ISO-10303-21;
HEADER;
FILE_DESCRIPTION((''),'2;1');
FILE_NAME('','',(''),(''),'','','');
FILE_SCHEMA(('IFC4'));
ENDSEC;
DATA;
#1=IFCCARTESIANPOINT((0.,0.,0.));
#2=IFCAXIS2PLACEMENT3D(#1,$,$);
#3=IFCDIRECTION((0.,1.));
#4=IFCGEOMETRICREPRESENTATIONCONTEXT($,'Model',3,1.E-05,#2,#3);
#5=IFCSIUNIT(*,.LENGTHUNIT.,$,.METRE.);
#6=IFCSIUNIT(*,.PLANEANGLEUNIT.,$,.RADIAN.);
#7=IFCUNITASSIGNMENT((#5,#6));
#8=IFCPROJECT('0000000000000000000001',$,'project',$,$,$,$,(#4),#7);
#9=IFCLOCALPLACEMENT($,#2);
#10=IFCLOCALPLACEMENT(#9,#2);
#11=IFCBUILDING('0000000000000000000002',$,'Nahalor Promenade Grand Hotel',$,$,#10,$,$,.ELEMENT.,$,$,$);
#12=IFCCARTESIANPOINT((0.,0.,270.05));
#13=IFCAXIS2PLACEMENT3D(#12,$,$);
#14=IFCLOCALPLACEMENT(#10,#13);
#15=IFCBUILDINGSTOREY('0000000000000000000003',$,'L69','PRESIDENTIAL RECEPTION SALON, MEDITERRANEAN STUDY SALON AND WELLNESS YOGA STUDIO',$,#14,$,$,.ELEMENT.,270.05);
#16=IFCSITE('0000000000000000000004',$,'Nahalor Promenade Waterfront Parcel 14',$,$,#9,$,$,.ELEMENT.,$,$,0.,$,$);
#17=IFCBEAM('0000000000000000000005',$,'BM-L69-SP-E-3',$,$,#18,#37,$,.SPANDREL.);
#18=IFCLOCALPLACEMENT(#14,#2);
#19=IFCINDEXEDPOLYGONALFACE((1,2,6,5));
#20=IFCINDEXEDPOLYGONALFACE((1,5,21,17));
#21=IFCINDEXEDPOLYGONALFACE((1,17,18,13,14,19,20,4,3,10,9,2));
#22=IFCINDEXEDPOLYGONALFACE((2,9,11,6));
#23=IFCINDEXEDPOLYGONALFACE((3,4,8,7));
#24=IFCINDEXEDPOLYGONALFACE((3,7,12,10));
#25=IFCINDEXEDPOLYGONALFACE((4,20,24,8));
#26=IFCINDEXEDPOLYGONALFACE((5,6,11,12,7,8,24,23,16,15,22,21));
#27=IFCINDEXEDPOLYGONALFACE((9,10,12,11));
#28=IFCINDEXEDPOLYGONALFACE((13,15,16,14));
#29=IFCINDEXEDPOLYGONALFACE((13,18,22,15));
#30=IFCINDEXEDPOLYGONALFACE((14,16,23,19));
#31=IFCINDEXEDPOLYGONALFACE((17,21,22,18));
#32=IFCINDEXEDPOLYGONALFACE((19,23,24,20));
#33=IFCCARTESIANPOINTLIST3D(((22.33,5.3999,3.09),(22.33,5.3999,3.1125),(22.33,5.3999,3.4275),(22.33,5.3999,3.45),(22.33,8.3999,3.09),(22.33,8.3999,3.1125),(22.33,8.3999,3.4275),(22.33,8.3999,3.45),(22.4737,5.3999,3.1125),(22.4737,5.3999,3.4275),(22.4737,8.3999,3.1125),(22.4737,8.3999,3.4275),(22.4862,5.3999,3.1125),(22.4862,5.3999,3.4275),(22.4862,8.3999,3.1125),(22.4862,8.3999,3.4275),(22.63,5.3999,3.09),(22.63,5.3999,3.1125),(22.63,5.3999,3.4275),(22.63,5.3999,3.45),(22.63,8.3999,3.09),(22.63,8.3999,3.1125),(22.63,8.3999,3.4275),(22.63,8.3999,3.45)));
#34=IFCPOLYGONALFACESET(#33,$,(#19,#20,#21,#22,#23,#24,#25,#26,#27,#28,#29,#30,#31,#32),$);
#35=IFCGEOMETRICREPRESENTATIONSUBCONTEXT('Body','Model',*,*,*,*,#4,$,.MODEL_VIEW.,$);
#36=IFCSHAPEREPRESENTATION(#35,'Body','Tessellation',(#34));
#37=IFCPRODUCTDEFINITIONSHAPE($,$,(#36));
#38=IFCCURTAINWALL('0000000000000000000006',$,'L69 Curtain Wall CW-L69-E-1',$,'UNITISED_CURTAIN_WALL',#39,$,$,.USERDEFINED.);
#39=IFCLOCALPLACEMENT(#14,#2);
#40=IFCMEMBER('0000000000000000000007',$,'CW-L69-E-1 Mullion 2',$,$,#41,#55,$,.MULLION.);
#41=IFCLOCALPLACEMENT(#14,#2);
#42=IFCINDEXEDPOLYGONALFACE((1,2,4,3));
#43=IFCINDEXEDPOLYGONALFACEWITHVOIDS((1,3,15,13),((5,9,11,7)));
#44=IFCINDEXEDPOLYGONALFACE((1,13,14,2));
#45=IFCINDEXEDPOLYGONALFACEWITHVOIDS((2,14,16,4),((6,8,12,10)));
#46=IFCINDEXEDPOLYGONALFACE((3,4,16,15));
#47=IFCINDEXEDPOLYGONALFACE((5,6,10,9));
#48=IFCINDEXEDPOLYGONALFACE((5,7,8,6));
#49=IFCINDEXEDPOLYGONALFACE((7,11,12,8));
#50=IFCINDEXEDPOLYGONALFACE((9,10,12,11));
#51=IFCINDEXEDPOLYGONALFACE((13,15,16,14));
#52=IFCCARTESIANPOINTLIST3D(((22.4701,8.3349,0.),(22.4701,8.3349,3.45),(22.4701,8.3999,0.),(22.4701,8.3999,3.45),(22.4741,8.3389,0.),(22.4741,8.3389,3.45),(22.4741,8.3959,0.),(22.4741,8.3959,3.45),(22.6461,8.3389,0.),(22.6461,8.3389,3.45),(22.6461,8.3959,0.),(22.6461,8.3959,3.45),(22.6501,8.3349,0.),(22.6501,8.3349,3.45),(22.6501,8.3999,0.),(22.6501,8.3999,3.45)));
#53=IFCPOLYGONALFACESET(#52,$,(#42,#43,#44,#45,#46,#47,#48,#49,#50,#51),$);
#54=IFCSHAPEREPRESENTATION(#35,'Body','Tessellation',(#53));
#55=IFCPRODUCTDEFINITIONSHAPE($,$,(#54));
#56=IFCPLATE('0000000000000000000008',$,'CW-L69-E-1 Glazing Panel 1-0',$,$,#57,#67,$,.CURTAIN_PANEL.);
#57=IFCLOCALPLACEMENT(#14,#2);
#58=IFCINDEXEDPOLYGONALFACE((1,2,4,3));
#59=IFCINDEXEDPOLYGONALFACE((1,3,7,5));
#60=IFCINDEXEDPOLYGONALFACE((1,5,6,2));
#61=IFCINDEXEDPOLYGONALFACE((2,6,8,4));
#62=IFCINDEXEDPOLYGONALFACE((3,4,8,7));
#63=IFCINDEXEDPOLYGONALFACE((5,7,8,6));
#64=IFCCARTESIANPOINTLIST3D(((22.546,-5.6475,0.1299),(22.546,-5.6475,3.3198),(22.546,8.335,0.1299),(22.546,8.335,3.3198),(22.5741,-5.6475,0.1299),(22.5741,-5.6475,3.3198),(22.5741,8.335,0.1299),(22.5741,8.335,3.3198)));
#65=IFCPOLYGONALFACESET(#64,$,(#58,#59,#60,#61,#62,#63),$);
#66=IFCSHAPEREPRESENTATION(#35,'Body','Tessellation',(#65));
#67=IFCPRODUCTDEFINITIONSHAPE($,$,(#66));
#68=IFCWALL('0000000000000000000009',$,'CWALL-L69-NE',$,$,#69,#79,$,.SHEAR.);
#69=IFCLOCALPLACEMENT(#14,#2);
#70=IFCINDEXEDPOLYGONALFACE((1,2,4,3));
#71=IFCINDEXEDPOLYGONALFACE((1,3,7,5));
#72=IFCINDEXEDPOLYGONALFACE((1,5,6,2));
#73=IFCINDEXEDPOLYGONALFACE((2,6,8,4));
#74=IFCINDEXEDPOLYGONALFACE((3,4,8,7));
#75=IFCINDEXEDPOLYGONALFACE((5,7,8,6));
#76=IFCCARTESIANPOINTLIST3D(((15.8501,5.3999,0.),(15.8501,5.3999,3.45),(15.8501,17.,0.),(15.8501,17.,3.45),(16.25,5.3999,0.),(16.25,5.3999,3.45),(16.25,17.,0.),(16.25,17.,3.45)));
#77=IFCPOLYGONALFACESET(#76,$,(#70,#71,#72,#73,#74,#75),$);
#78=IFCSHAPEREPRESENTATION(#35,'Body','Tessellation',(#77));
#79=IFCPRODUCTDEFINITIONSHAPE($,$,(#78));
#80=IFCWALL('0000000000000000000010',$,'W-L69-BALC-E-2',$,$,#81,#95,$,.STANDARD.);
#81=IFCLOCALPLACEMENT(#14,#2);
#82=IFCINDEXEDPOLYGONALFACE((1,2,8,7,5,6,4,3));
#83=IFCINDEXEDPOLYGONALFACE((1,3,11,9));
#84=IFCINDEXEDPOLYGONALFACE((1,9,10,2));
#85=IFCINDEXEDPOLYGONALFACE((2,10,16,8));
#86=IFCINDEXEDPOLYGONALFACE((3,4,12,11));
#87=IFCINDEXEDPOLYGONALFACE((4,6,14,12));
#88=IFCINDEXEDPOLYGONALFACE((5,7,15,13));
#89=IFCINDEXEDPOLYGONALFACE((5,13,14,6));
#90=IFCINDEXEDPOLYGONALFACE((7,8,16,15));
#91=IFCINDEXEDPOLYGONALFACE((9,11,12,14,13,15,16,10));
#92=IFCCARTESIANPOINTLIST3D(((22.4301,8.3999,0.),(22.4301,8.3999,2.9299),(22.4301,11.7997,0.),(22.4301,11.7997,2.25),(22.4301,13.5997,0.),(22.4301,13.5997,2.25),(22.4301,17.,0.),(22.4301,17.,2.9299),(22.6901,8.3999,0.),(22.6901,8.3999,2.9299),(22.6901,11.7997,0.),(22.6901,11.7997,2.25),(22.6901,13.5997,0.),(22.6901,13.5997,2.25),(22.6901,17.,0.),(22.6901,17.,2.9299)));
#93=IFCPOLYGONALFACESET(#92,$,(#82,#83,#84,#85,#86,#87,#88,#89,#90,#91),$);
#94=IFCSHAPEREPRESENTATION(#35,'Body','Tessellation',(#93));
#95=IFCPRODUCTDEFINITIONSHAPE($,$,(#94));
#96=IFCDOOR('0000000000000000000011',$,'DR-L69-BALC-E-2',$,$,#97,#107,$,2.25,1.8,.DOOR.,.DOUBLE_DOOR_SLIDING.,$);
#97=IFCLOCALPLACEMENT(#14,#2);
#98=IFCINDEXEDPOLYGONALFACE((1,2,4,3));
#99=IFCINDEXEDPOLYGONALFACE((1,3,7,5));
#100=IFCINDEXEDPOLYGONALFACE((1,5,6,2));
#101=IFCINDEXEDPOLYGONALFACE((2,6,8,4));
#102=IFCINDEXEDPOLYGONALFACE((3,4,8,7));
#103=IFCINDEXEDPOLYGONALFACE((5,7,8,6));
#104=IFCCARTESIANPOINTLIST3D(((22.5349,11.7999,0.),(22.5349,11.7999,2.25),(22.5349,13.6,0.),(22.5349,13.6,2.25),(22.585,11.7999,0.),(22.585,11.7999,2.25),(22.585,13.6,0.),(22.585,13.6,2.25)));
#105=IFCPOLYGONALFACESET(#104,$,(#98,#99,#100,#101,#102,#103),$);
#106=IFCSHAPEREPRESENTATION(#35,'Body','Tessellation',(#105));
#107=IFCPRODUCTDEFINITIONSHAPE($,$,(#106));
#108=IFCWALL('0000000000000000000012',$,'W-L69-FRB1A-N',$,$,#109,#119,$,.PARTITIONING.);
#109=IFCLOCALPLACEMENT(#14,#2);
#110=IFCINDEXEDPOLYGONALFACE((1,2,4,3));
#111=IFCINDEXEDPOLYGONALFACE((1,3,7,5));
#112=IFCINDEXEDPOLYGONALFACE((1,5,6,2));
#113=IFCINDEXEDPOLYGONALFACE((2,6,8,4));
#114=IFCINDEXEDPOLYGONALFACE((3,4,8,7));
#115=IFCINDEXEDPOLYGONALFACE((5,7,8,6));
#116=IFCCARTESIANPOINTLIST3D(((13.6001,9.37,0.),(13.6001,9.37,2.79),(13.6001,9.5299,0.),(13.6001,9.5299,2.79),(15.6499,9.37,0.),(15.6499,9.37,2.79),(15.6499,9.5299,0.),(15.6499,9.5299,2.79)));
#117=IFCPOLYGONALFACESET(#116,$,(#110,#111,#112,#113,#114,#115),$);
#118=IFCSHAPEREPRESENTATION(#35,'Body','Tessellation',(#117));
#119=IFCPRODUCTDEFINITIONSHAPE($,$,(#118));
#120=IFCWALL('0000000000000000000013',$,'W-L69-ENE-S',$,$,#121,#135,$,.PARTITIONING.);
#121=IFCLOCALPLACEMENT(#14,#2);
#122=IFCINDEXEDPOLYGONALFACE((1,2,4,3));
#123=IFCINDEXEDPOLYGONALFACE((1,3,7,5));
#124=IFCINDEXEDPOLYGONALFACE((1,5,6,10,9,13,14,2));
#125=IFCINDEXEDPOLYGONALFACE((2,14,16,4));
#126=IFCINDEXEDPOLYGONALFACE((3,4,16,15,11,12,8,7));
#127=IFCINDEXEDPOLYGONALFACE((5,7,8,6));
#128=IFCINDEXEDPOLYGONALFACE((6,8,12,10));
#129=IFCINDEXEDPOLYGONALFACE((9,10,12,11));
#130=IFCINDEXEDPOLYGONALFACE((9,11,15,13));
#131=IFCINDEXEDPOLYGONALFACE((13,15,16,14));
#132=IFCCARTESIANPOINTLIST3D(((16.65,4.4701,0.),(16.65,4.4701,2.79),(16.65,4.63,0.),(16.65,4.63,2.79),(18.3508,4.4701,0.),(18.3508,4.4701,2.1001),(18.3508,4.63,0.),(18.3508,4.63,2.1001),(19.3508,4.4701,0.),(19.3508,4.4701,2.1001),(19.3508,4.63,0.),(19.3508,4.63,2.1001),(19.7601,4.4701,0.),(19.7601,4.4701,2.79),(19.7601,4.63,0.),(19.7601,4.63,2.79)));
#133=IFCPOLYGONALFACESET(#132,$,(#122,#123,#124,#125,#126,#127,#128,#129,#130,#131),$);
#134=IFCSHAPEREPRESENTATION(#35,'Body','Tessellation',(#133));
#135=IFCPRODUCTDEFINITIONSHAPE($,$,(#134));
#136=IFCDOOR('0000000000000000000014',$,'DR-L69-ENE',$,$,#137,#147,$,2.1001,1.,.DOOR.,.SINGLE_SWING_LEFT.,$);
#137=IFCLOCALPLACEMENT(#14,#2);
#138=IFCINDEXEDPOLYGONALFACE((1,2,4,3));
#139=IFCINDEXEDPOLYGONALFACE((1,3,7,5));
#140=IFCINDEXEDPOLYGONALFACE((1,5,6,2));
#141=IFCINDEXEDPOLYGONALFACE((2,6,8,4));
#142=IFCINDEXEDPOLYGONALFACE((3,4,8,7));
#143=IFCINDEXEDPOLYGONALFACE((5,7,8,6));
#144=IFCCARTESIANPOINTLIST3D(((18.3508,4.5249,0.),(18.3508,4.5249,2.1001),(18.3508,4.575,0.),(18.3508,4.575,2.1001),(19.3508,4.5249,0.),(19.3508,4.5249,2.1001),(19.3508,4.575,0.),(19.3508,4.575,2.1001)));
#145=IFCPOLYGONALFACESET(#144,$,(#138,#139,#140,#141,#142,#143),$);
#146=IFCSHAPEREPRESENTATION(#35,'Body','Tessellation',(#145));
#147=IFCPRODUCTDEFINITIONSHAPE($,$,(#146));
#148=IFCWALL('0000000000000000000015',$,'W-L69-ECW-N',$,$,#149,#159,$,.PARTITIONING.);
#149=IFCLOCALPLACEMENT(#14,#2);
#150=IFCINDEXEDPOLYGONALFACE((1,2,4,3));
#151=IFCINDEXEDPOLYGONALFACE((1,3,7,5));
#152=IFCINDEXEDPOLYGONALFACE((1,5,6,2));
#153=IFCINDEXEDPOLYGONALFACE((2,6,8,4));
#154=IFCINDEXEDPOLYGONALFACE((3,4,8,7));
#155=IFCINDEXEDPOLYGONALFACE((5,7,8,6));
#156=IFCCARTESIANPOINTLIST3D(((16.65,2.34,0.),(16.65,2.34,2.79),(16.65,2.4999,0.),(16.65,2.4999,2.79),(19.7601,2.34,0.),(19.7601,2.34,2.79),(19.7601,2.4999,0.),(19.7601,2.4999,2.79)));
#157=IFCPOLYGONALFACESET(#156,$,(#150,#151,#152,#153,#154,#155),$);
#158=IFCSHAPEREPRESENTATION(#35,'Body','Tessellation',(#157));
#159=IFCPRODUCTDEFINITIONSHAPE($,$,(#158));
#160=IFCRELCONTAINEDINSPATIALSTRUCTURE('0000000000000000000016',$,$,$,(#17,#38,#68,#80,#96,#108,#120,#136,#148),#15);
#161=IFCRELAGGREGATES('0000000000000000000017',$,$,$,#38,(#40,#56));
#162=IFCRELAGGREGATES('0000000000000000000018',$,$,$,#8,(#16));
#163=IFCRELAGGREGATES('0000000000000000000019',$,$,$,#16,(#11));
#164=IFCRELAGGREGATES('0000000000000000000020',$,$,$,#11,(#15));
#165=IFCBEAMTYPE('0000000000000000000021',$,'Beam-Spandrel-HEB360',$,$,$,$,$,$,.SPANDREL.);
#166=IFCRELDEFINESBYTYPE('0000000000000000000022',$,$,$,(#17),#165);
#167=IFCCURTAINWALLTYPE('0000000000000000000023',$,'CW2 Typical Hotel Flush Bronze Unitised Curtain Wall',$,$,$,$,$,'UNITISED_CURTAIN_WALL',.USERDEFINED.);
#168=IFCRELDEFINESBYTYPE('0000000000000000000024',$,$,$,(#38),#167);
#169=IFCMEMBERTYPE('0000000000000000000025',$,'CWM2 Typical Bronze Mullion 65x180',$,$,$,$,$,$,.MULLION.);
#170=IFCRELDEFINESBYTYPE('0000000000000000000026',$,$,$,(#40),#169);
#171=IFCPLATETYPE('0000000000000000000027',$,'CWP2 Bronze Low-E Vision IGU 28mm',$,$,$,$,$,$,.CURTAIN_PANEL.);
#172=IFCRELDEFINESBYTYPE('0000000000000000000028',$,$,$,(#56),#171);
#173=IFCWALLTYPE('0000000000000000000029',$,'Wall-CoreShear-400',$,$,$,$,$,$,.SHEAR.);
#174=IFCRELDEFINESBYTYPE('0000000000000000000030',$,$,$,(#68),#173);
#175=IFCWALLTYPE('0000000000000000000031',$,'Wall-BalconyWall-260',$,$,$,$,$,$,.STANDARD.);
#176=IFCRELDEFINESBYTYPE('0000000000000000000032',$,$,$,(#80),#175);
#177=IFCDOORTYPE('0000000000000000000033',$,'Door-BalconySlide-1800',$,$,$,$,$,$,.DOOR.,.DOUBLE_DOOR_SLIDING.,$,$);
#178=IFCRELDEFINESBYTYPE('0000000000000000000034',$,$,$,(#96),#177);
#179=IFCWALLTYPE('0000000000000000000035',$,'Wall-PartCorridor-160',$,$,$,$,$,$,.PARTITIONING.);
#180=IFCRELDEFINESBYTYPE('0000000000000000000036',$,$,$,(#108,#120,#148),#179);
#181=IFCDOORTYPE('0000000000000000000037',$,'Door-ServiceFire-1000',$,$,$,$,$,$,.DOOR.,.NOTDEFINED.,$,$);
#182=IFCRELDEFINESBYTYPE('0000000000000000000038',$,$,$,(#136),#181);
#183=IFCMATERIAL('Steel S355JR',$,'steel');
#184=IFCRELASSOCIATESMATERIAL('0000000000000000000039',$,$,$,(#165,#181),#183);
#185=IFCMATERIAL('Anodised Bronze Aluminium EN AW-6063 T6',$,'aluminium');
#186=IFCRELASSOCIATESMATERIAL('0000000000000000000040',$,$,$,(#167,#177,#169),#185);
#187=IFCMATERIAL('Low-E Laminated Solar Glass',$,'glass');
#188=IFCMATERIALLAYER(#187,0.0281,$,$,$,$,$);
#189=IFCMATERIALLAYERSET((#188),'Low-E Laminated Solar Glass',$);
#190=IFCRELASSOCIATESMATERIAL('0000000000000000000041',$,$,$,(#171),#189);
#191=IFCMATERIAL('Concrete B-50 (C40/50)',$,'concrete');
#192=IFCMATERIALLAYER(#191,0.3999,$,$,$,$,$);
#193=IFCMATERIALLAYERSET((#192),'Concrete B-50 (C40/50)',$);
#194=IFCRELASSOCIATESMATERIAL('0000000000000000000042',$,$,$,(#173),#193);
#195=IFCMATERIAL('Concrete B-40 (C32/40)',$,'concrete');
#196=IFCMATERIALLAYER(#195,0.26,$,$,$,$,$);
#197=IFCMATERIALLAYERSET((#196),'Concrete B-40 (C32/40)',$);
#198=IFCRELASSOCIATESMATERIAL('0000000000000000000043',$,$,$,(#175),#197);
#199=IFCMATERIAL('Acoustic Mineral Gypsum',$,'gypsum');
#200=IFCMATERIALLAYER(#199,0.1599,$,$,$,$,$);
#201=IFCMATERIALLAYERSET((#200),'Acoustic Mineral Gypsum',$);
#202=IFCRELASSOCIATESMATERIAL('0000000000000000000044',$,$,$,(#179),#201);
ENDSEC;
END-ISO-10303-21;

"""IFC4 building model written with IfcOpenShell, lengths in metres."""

from ifc_helpers import new_model, si_unit, direction, frame, frame_2d, origin, origin_2d, place, context, subcontext, project, spatial, rectangle, hollow_rectangle, i_section, extrude, source, transform, mapped, material, layer, layer_set, material_profile, profile_set, type_object, element, fill, aggregate, save


model = new_model("IFC4")

# Units and contexts
model_context = context("Model", 3, precision=1e-05, world=origin(), true_north=direction((0.0, 1.0)))
body_context = subcontext(model_context, "Body", "Model", "MODEL_VIEW")
ifc_project = project(units=[si_unit("LENGTHUNIT", "METRE"), si_unit("PLANEANGLEUNIT", "RADIAN")], contexts=[model_context])

# Site, building, storey
site_placement = place(None, origin())
site = spatial("IfcSite", under=ifc_project, at=site_placement, Name="Nahalor Promenade Waterfront Parcel 14", CompositionType="ELEMENT", RefElevation=0.0)
building_placement = place(site_placement, origin())
building = spatial("IfcBuilding", under=site, at=building_placement, Name="Nahalor Promenade Grand Hotel", CompositionType="ELEMENT")
storey_placement = place(building_placement, frame((0.0, 0.0, 270.05)))
storey = spatial("IfcBuildingStorey", under=building, at=storey_placement, Name="L69", Description="PRESIDENTIAL RECEPTION SALON, MEDITERRANEAN STUDY SALON AND WELLNESS YOGA STUDIO", CompositionType="ELEMENT", Elevation=270.05)

# Shared definitions
ifc_material_1 = material(Name="Steel S355JR", Category="steel")

# Beam
ifc_material_profile_1 = material_profile(ifc_material_1, i_section(OverallWidth=0.3, OverallDepth=0.36, WebThickness=0.0125, FlangeThickness=0.0225, at=origin_2d()), Name="HEB 360")
ifc_profile_set_1 = profile_set([ifc_material_profile_1], Name="Steel S355JR")
beam_type_1 = type_object("IfcBeamType", Name="Beam-Spandrel-HEB360", PredefinedType="SPANDREL", material=ifc_profile_set_1)
shared_shape_1 = source(origin(), body_context, "Body", "SweptSolid", [
    extrude(i_section(OverallWidth=0.3, OverallDepth=0.36, WebThickness=0.0125, FlangeThickness=0.0225, at=origin_2d()), origin(), (0.0, 0.0, 1.0), 3.0),
])
beam_1_placement = place(storey_placement, frame((22.48, 5.3999, 3.27), z_axis=(0.0, 1.0, 0.0), x_axis=(-1.0, 0.0, 0.0)))
element("IfcBeam", 1, at=beam_1_placement, inside=storey, type_object=beam_type_1, Name="BM-L69-SP-E-3", PredefinedType="SPANDREL", context=body_context, shape_type="MappedRepresentation", body=[
    mapped(shared_shape_1, transform((0.0, 0.0, 0.0), scale=1.0)),
])

# Curtain wall, member, plate
ifc_material_2 = material(Name="Anodised Bronze Aluminium EN AW-6063 T6", Category="aluminium")
curtain_wall_type = type_object("IfcCurtainWallType", Name="CW2 Typical Hotel Flush Bronze Unitised Curtain Wall", ElementType="UNITISED_CURTAIN_WALL", PredefinedType="USERDEFINED", material=ifc_material_2)
curtain_wall_placement = place(storey_placement, origin())
curtain_wall = element("IfcCurtainWall", 2, at=curtain_wall_placement, inside=storey, type_object=curtain_wall_type, Name="L69 Curtain Wall CW-L69-E-1", ObjectType="UNITISED_CURTAIN_WALL", PredefinedType="USERDEFINED")
ifc_material_profile_2 = material_profile(ifc_material_2, hollow_rectangle(XDim=0.065, YDim=0.18, WallThickness=0.004, at=origin_2d()), Name="CWM 65x180x4")
ifc_profile_set_2 = profile_set([ifc_material_profile_2], Name="Anodised Bronze Aluminium EN AW-6063 T6")
member_type = type_object("IfcMemberType", Name="CWM2 Typical Bronze Mullion 65x180", PredefinedType="MULLION", material=ifc_profile_set_2)
shared_shape_2 = source(origin(), body_context, "Body", "SweptSolid", [
    extrude(hollow_rectangle(XDim=0.065, YDim=0.18, WallThickness=0.004, at=origin_2d()), origin(), (0.0, 0.0, 1.0), 3.45),
])
member_placement = place(storey_placement, frame((22.5601, 8.3674, 0.0), z_axis=(0.0, 0.0, 1.0), x_axis=(0.0, 1.0, 0.0)))
member = element("IfcMember", 3, at=member_placement, type_object=member_type, Name="CW-L69-E-1 Mullion 2", PredefinedType="MULLION", context=body_context, shape_type="MappedRepresentation", body=[
    mapped(shared_shape_2, transform((0.0, 0.0, 0.0), scale=1.0)),
])
ifc_material_3 = material(Name="Low-E Laminated Solar Glass", Category="glass")
ifc_layer_1 = layer(ifc_material_3, 0.0281)
ifc_layer_set_1 = layer_set([ifc_layer_1], Name="Low-E Laminated Solar Glass")
plate_type = type_object("IfcPlateType", Name="CWP2 Bronze Low-E Vision IGU 28mm", PredefinedType="CURTAIN_PANEL", material=ifc_layer_set_1)
shared_shape_3 = source(origin(), body_context, "Body", "SweptSolid", [
    extrude(rectangle(XDim=13.9824, YDim=0.0281, at=origin_2d()), origin(), (0.0, 0.0, 1.0), 3.1899),
])
plate_placement = place(storey_placement, frame((22.5601, 1.3438, 0.1299), z_axis=(0.0, 0.0, 1.0), x_axis=(0.0, 1.0, 0.0)))
plate = element("IfcPlate", 4, at=plate_placement, type_object=plate_type, Name="CW-L69-E-1 Glazing Panel 1-0", PredefinedType="CURTAIN_PANEL", context=body_context, shape_type="MappedRepresentation", body=[
    mapped(shared_shape_3, transform((0.0, 0.0, 0.0), scale=1.0)),
])
aggregate(curtain_wall, [member, plate])

# Wall
ifc_material_4 = material(Name="Concrete B-50 (C40/50)", Category="concrete")
ifc_layer_2 = layer(ifc_material_4, 0.3999)
ifc_layer_set_2 = layer_set([ifc_layer_2], Name="Concrete B-50 (C40/50)")
wall_type_1 = type_object("IfcWallType", Name="Wall-CoreShear-400", PredefinedType="SHEAR", material=ifc_layer_set_2)
shared_shape_4 = source(origin(), body_context, "Body", "SweptSolid", [
    extrude(rectangle(XDim=11.6001, YDim=0.3999, at=frame_2d((5.8, 0.0))), origin(), (0.0, 0.0, 1.0), 3.45),
])
wall_1_placement = place(storey_placement, frame((16.05, 5.3999, 0.0), z_axis=(0.0, 0.0, 1.0), x_axis=(0.0, 1.0, 0.0)))
element("IfcWall", 5, at=wall_1_placement, inside=storey, type_object=wall_type_1, Name="CWALL-L69-NE", PredefinedType="SHEAR", context=body_context, shape_type="MappedRepresentation", body=[
    mapped(shared_shape_4, transform((0.0, 0.0, 0.0), scale=1.0)),
])

# Wall, opening, door
ifc_material_5 = material(Name="Concrete B-40 (C32/40)", Category="concrete")
ifc_layer_3 = layer(ifc_material_5, 0.26)
ifc_layer_set_3 = layer_set([ifc_layer_3], Name="Concrete B-40 (C32/40)")
wall_type_2 = type_object("IfcWallType", Name="Wall-BalconyWall-260", PredefinedType="STANDARD", material=ifc_layer_set_3)
shared_shape_5 = source(origin(), body_context, "Body", "SweptSolid", [
    extrude(rectangle(XDim=8.6001, YDim=0.26, at=frame_2d((4.3, 0.0))), origin(), (0.0, 0.0, 1.0), 2.9299),
])
wall_2_placement = place(storey_placement, frame((22.5601, 8.3999, 0.0), z_axis=(0.0, 0.0, 1.0), x_axis=(0.0, 1.0, 0.0)))
wall_2 = element("IfcWall", 6, at=wall_2_placement, inside=storey, type_object=wall_type_2, Name="W-L69-BALC-E-2", PredefinedType="STANDARD", context=body_context, shape_type="MappedRepresentation", body=[
    mapped(shared_shape_5, transform((0.0, 0.0, 0.0), scale=1.0)),
])
opening_1_placement = place(wall_2_placement, frame((3.3999, 0.0, 0.0)))
opening_1 = element("IfcOpeningElement", 7, at=opening_1_placement, cuts=wall_2, PredefinedType="OPENING", context=body_context, shape_type="SweptSolid", body=[
    extrude(rectangle(XDim=1.8, YDim=2.25, at=frame_2d((0.8999, 1.125))), frame((0.0, 0.1399, 0.0), z_axis=(0.0, -1.0, 0.0), x_axis=(1.0, 0.0, 0.0)), (0.0, 0.0, 1.0), 0.28),
])
door_type_1 = type_object("IfcDoorType", Name="Door-BalconySlide-1800", OperationType="DOUBLE_DOOR_SLIDING", PredefinedType="DOOR", material=ifc_material_2)
shared_shape_6 = source(origin(), body_context, "Body", "SweptSolid", [
    extrude(rectangle(XDim=1.8, YDim=2.25, at=frame_2d((0.8999, 1.125))), frame((0.0, 0.0249, 0.0), z_axis=(0.0, -1.0, 0.0), x_axis=(1.0, 0.0, 0.0)), (0.0, 0.0, 1.0), 0.05),
])
door_1_placement = place(opening_1_placement, frame((1.8, 0.0, 0.0), z_axis=(0.0, 0.0, 1.0), x_axis=(-1.0, 0.0, 0.0)))
door_1 = element("IfcDoor", 8, at=door_1_placement, inside=storey, type_object=door_type_1, Name="DR-L69-BALC-E-2", OperationType="DOUBLE_DOOR_SLIDING", OverallHeight=2.25, OverallWidth=1.8, PredefinedType="DOOR", context=body_context, shape_type="MappedRepresentation", body=[
    mapped(shared_shape_6, transform((0.0, 0.0, 0.0), scale=1.0)),
])
fill(opening_1, door_1)

# Wall
ifc_material_6 = material(Name="Acoustic Mineral Gypsum", Category="gypsum")
ifc_layer_4 = layer(ifc_material_6, 0.1599)
ifc_layer_set_4 = layer_set([ifc_layer_4], Name="Acoustic Mineral Gypsum")
wall_type_3 = type_object("IfcWallType", Name="Wall-PartCorridor-160", PredefinedType="PARTITIONING", material=ifc_layer_set_4)
shared_shape_7 = source(origin(), body_context, "Body", "SweptSolid", [
    extrude(rectangle(XDim=2.0498, YDim=0.1599, at=frame_2d((1.0249, 0.0))), origin(), (0.0, 0.0, 1.0), 2.79),
])
wall_3_placement = place(storey_placement, frame((13.6001, 9.45, 0.0), z_axis=(0.0, 0.0, 1.0), x_axis=(1.0, 0.0, 0.0)))
element("IfcWall", 9, at=wall_3_placement, inside=storey, type_object=wall_type_3, Name="W-L69-FRB1A-N", PredefinedType="PARTITIONING", context=body_context, shape_type="MappedRepresentation", body=[
    mapped(shared_shape_7, transform((0.0, 0.0, 0.0), scale=1.0)),
])

# Wall, opening, door
shared_shape_8 = source(origin(), body_context, "Body", "SweptSolid", [
    extrude(rectangle(XDim=3.1101, YDim=0.1599, at=frame_2d((1.5552, 0.0))), origin(), (0.0, 0.0, 1.0), 2.79),
])
wall_4_placement = place(storey_placement, frame((16.6499, 4.55, 0.0), z_axis=(0.0, 0.0, 1.0), x_axis=(1.0, 0.0, 0.0)))
wall_4 = element("IfcWall", 10, at=wall_4_placement, inside=storey, type_object=wall_type_3, Name="W-L69-ENE-S", PredefinedType="PARTITIONING", context=body_context, shape_type="MappedRepresentation", body=[
    mapped(shared_shape_8, transform((0.0, 0.0, 0.0), scale=1.0)),
])
opening_2_placement = place(wall_4_placement, frame((1.7009, 0.0, 0.0)))
opening_2 = element("IfcOpeningElement", 11, at=opening_2_placement, cuts=wall_4, PredefinedType="OPENING", context=body_context, shape_type="SweptSolid", body=[
    extrude(rectangle(XDim=1.0, YDim=2.1001, at=frame_2d((0.5, 1.05))), frame((0.0, 0.0898, 0.0), z_axis=(0.0, -1.0, 0.0), x_axis=(1.0, 0.0, 0.0)), (0.0, 0.0, 1.0), 0.1799),
])
door_type_2 = type_object("IfcDoorType", Name="Door-ServiceFire-1000", OperationType="NOTDEFINED", PredefinedType="DOOR", material=ifc_material_1)
shared_shape_9 = source(origin(), body_context, "Body", "SweptSolid", [
    extrude(rectangle(XDim=1.0, YDim=2.1001, at=frame_2d((0.5, 1.05))), frame((0.0, 0.0249, 0.0), z_axis=(0.0, -1.0, 0.0), x_axis=(1.0, 0.0, 0.0)), (0.0, 0.0, 1.0), 0.05),
])
door_2_placement = place(opening_2_placement, origin())
door_2 = element("IfcDoor", 12, at=door_2_placement, inside=storey, type_object=door_type_2, Name="DR-L69-ENE", OperationType="SINGLE_SWING_LEFT", OverallHeight=2.1001, OverallWidth=1.0, PredefinedType="DOOR", context=body_context, shape_type="MappedRepresentation", body=[
    mapped(shared_shape_9, transform((0.0, 0.0, 0.0), scale=1.0)),
])
fill(opening_2, door_2)

# Wall
wall_5_placement = place(storey_placement, frame((16.6499, 2.4199, 0.0), z_axis=(0.0, 0.0, 1.0), x_axis=(1.0, 0.0, 0.0)))
element("IfcWall", 13, at=wall_5_placement, inside=storey, type_object=wall_type_3, Name="W-L69-ECW-N", PredefinedType="PARTITIONING", context=body_context, shape_type="MappedRepresentation", body=[
    mapped(shared_shape_8, transform((0.0, 0.0, 0.0), scale=1.0)),
])

save(model, "model.ifc")
